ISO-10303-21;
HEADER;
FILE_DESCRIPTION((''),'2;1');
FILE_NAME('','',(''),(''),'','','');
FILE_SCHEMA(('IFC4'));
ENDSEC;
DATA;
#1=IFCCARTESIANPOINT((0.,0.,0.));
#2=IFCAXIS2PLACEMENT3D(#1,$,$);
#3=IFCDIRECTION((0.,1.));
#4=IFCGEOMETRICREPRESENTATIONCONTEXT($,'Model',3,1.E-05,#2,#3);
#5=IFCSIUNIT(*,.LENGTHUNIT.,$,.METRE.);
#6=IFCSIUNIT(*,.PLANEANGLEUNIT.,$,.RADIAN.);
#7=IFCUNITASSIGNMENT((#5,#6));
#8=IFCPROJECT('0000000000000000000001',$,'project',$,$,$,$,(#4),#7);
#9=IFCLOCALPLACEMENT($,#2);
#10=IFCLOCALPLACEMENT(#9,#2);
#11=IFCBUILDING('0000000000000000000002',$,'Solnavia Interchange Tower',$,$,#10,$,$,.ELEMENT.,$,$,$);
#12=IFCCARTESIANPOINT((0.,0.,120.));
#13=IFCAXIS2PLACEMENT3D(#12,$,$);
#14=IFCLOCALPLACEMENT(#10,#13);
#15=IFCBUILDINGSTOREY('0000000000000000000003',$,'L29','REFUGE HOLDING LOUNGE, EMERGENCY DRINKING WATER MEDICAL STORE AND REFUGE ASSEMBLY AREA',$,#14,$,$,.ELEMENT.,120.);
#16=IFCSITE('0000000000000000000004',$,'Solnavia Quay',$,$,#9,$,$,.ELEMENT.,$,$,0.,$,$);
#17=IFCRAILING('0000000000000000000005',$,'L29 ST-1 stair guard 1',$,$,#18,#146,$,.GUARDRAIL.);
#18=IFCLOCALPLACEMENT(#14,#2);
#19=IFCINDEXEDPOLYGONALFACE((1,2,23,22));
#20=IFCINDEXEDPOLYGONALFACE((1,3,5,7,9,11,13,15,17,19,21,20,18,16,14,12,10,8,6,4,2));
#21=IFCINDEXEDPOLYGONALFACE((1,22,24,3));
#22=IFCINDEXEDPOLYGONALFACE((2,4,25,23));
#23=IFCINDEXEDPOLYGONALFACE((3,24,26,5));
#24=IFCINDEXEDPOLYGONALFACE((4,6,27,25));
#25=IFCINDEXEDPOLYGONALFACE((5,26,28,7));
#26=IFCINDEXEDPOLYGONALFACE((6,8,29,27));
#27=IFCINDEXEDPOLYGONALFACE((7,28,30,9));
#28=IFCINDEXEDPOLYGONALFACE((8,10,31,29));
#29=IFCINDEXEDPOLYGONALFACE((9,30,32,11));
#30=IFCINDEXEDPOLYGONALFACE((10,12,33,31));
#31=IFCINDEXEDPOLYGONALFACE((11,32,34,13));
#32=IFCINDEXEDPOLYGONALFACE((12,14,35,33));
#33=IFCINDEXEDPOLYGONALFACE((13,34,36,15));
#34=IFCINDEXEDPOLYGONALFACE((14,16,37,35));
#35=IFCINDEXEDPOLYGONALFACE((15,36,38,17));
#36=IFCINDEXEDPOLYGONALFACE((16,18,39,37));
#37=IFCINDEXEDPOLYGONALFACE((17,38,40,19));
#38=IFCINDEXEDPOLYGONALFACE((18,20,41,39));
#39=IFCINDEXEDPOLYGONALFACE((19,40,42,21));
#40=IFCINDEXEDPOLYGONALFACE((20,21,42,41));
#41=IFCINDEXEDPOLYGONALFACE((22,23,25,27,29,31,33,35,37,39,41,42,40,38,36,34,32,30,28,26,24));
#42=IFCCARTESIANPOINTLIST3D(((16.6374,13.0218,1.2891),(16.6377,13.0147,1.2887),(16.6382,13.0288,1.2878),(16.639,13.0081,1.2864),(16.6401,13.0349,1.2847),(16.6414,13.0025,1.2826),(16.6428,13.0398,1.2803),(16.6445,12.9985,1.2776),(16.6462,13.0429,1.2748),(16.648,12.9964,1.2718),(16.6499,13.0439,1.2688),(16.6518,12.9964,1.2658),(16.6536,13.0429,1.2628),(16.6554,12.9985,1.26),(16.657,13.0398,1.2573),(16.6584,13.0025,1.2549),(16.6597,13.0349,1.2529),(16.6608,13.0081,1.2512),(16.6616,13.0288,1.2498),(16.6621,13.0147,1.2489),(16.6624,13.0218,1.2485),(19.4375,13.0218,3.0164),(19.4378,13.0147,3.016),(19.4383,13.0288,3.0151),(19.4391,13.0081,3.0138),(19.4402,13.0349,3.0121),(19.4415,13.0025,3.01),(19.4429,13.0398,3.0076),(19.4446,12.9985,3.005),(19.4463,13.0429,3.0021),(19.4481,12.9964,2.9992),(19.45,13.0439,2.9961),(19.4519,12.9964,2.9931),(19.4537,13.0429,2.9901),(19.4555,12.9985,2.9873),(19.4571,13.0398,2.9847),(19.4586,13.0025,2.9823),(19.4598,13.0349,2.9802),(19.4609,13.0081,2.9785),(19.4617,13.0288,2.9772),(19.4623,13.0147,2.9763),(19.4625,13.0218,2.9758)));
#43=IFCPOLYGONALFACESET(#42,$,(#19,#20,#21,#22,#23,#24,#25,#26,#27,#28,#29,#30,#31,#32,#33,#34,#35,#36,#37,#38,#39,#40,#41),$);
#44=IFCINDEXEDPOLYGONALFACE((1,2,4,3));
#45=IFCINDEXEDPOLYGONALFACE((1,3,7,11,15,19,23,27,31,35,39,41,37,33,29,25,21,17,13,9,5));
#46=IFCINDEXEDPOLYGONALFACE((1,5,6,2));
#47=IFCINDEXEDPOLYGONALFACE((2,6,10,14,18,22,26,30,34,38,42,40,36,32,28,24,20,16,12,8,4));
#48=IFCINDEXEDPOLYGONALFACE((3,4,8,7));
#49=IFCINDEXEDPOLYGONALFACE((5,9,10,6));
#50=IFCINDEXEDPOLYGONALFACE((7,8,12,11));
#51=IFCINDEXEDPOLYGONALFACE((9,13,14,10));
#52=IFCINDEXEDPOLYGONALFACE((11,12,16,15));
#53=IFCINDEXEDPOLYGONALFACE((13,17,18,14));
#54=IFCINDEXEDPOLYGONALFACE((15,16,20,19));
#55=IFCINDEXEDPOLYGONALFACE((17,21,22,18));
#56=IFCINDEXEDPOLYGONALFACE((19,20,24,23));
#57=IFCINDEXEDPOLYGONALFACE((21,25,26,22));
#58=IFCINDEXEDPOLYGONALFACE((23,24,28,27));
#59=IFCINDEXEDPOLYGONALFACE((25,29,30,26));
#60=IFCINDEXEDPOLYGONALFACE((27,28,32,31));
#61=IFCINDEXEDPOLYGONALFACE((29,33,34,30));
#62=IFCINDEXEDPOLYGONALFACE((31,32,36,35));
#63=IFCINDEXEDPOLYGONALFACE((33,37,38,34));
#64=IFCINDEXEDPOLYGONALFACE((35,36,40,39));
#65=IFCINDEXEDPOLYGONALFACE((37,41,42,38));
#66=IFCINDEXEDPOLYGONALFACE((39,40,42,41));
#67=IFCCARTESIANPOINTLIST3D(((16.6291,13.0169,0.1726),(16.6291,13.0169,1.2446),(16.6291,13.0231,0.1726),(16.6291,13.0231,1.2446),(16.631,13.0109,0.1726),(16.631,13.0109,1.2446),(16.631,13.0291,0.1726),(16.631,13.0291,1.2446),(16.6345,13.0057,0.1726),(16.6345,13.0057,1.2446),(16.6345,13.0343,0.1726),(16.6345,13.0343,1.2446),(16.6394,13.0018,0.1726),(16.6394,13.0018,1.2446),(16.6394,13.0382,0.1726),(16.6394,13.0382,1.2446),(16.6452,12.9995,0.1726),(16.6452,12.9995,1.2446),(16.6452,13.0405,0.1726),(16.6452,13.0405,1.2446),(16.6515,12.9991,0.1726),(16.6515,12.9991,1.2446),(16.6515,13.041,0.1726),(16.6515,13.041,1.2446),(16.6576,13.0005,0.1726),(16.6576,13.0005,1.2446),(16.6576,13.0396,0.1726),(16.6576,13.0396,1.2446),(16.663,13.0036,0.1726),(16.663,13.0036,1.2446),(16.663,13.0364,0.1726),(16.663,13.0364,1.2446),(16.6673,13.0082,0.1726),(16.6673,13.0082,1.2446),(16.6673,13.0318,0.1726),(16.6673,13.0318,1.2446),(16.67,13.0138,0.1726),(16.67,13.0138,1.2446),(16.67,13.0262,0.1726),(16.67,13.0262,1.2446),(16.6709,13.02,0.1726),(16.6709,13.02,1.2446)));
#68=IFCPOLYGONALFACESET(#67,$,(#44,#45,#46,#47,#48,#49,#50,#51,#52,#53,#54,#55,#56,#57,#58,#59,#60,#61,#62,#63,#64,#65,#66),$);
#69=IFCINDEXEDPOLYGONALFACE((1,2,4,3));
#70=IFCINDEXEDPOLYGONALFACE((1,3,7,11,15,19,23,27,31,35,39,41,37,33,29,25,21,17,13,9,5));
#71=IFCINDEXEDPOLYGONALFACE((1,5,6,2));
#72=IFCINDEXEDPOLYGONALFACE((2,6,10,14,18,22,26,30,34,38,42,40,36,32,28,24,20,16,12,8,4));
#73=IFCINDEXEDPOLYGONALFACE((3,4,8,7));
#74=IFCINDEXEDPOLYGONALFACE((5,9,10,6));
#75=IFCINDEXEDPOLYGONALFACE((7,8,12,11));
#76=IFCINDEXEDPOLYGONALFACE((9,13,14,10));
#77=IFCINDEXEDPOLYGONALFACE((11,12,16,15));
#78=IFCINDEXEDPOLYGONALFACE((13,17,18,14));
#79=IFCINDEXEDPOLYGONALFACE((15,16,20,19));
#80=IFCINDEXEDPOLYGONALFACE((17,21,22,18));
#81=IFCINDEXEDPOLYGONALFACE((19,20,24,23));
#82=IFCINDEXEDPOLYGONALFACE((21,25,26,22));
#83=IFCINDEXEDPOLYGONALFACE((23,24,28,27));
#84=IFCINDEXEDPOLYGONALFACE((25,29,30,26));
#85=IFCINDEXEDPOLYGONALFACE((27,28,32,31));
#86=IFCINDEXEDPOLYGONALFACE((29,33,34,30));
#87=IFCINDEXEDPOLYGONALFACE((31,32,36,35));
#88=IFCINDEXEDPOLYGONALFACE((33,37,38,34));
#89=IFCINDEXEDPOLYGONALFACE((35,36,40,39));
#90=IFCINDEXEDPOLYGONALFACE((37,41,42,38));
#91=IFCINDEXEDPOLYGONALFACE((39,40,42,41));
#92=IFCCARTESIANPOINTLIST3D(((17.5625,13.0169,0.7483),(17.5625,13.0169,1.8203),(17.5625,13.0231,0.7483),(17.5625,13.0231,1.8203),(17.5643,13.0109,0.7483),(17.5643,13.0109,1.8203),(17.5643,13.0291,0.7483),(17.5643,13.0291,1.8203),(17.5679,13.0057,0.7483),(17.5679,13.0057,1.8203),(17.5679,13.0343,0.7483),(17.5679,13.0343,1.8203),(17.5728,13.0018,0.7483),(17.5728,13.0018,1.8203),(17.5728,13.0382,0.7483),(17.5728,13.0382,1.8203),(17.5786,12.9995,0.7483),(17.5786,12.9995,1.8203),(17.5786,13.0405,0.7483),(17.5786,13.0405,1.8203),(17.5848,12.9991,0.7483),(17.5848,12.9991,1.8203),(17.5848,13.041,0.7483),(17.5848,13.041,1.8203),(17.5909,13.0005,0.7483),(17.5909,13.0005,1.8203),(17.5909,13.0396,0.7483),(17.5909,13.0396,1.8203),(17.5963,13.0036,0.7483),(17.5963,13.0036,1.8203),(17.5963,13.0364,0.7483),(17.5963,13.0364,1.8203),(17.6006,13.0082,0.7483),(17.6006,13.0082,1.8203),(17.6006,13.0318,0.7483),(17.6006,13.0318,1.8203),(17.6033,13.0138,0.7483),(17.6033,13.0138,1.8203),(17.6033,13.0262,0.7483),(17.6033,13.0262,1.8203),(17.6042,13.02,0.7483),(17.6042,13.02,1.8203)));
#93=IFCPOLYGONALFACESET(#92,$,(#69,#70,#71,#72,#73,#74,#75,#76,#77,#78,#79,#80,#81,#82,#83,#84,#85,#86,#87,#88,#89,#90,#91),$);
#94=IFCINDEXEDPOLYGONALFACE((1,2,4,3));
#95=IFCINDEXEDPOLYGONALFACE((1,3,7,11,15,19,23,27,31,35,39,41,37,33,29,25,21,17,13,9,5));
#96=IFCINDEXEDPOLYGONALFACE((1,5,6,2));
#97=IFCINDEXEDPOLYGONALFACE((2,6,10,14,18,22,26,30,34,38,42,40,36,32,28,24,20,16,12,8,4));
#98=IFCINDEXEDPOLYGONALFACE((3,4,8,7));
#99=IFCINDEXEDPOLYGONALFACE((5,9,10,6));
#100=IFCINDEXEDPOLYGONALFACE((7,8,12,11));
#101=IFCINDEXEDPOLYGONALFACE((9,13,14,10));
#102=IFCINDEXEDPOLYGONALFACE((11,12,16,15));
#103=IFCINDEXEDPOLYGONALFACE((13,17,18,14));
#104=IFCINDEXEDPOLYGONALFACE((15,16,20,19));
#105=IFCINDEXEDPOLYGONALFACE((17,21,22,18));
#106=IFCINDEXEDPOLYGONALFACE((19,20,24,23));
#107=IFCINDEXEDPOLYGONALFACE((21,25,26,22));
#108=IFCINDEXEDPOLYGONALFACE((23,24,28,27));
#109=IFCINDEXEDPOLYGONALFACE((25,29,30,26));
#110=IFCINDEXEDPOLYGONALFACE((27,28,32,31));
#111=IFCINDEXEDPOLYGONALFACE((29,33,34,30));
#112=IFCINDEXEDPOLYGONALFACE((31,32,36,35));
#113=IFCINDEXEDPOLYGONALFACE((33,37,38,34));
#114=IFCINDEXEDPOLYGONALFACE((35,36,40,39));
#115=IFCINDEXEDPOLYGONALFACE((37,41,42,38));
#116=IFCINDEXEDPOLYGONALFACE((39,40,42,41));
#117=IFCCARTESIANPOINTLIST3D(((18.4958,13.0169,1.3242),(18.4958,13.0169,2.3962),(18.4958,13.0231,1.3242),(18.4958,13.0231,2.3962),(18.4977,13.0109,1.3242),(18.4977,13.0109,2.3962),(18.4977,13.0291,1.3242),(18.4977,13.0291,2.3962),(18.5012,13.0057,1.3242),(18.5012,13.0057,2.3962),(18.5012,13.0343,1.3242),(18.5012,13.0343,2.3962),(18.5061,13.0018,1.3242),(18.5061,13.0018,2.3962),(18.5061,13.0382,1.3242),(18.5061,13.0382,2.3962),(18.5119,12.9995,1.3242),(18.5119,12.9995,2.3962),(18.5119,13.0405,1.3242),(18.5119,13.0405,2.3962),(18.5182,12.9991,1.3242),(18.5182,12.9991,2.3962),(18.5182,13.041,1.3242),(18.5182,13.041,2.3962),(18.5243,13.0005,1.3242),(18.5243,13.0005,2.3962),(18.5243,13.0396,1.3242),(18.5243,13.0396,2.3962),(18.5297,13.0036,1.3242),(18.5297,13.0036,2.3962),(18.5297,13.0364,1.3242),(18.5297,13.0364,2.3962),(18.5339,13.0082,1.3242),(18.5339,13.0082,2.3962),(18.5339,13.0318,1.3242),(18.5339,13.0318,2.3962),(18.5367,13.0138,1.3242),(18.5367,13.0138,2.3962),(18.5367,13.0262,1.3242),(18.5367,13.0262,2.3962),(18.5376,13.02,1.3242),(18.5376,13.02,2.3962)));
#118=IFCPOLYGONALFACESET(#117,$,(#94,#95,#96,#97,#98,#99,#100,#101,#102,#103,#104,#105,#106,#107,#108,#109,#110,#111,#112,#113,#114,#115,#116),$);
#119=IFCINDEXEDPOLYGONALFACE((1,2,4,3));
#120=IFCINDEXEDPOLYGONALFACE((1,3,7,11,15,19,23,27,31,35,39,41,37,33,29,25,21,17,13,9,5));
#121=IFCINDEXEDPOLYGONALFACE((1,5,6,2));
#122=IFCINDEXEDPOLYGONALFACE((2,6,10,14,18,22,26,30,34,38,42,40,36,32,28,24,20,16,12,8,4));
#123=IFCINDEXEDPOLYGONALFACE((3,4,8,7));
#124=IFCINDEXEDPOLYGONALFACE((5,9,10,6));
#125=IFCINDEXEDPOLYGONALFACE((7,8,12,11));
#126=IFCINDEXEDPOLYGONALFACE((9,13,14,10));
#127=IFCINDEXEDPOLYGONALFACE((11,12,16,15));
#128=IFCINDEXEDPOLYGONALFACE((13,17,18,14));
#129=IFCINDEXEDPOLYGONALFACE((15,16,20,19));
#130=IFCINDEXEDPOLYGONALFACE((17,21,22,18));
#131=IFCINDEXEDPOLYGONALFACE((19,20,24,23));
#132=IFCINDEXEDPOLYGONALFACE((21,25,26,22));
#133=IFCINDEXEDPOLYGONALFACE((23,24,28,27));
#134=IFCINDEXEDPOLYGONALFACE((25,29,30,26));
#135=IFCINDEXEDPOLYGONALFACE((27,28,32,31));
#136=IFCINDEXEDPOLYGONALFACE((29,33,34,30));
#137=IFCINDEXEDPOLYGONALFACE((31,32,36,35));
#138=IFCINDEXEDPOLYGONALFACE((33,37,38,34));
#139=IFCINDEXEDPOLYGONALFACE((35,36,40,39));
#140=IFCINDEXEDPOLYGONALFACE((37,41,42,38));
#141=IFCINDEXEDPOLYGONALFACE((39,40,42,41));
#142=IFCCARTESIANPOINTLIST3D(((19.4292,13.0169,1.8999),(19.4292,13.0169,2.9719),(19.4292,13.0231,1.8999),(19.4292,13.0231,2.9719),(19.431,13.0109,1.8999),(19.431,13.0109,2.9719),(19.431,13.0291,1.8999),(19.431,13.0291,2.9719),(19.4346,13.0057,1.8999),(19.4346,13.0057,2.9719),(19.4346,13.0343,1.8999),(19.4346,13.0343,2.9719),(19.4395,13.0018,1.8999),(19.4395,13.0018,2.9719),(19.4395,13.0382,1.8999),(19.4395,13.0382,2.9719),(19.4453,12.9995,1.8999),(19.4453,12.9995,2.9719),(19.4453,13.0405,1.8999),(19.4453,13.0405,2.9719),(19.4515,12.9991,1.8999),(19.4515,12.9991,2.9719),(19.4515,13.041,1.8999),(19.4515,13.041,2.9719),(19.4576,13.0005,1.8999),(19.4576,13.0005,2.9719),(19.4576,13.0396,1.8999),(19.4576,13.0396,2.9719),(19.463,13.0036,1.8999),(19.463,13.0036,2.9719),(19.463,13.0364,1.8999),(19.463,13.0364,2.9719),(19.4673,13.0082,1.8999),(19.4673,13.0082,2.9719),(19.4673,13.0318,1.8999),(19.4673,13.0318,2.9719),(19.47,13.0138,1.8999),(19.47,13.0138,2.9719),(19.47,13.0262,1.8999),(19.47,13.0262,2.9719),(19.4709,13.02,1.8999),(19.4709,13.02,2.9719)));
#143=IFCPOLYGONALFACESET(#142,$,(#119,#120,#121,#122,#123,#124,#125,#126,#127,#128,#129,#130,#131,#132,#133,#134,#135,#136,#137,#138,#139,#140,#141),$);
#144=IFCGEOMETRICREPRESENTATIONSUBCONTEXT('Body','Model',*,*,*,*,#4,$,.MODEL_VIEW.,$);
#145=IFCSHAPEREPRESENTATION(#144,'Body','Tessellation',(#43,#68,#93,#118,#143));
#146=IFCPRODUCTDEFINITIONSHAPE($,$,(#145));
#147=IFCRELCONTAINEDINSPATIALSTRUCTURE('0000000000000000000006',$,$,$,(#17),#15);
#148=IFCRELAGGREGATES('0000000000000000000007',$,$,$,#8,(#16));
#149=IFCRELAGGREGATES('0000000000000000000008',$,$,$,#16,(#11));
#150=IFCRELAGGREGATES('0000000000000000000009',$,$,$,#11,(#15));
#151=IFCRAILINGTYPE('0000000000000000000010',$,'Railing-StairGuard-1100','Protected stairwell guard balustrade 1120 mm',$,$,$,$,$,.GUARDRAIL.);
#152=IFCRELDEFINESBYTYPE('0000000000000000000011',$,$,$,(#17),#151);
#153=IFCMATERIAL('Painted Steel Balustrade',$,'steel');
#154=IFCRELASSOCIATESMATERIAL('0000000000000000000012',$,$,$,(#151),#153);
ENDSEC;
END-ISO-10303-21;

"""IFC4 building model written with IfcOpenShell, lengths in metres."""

from ifc_helpers import new_model, si_unit, direction, frame, origin, origin_2d, place, context, subcontext, project, spatial, circle, extrude, material, type_object, element, save


model = new_model("IFC4")

# Units and contexts
model_context = context("Model", 3, precision=1e-05, world=origin(), true_north=direction((0.0, 1.0)))
body_context = subcontext(model_context, "Body", "Model", "MODEL_VIEW")
ifc_project = project(units=[si_unit("LENGTHUNIT", "METRE"), si_unit("PLANEANGLEUNIT", "RADIAN")], contexts=[model_context])

# Site, building, storey
site_placement = place(None, origin())
site = spatial("IfcSite", under=ifc_project, at=site_placement, Name="Solnavia Quay", CompositionType="ELEMENT", RefElevation=0.0)
building_placement = place(site_placement, origin())
building = spatial("IfcBuilding", under=site, at=building_placement, Name="Solnavia Interchange Tower", CompositionType="ELEMENT")
storey_placement = place(building_placement, frame((0.0, 0.0, 120.0)))
storey = spatial("IfcBuildingStorey", under=building, at=storey_placement, Name="L29", Description="REFUGE HOLDING LOUNGE, EMERGENCY DRINKING WATER MEDICAL STORE AND REFUGE ASSEMBLY AREA", CompositionType="ELEMENT", Elevation=120.0)

# Railing
ifc_material_1 = material(Name="Painted Steel Balustrade", Category="steel")
railing_type_1 = type_object("IfcRailingType", Name="Railing-StairGuard-1100", Description="Protected stairwell guard balustrade 1120 mm", PredefinedType="GUARDRAIL", material=ifc_material_1)
railing_1_placement = place(storey_placement, frame((16.6499, 13.02, 0.1726)))
element("IfcRailing", 1, at=railing_1_placement, inside=storey, type_object=railing_type_1, Name="L29 ST-1 stair guard 1", PredefinedType="GUARDRAIL", context=body_context, shape_type="SweptSolid", body=[
    extrude(circle(Radius=0.0239, at=origin_2d()), frame((0.0, 0.0, 1.0962), z_axis=(0.85109, 0.0, 0.52502), x_axis=(0.0, 1.0, 0.0)), (0.0, 0.0, 1.0), 3.29),
    extrude(circle(Radius=0.021, at=origin_2d()), origin(), (0.0, 0.0, 1.0), 1.072),
    extrude(circle(Radius=0.021, at=origin_2d()), frame((0.9333, 0.0, 0.5757)), (0.0, 0.0, 1.0), 1.072),
    extrude(circle(Radius=0.021, at=origin_2d()), frame((1.8667, 0.0, 1.1516)), (0.0, 0.0, 1.0), 1.072),
    extrude(circle(Radius=0.021, at=origin_2d()), frame((2.8, 0.0, 1.7273)), (0.0, 0.0, 1.0), 1.072),
])

save(model, "model.ifc")
